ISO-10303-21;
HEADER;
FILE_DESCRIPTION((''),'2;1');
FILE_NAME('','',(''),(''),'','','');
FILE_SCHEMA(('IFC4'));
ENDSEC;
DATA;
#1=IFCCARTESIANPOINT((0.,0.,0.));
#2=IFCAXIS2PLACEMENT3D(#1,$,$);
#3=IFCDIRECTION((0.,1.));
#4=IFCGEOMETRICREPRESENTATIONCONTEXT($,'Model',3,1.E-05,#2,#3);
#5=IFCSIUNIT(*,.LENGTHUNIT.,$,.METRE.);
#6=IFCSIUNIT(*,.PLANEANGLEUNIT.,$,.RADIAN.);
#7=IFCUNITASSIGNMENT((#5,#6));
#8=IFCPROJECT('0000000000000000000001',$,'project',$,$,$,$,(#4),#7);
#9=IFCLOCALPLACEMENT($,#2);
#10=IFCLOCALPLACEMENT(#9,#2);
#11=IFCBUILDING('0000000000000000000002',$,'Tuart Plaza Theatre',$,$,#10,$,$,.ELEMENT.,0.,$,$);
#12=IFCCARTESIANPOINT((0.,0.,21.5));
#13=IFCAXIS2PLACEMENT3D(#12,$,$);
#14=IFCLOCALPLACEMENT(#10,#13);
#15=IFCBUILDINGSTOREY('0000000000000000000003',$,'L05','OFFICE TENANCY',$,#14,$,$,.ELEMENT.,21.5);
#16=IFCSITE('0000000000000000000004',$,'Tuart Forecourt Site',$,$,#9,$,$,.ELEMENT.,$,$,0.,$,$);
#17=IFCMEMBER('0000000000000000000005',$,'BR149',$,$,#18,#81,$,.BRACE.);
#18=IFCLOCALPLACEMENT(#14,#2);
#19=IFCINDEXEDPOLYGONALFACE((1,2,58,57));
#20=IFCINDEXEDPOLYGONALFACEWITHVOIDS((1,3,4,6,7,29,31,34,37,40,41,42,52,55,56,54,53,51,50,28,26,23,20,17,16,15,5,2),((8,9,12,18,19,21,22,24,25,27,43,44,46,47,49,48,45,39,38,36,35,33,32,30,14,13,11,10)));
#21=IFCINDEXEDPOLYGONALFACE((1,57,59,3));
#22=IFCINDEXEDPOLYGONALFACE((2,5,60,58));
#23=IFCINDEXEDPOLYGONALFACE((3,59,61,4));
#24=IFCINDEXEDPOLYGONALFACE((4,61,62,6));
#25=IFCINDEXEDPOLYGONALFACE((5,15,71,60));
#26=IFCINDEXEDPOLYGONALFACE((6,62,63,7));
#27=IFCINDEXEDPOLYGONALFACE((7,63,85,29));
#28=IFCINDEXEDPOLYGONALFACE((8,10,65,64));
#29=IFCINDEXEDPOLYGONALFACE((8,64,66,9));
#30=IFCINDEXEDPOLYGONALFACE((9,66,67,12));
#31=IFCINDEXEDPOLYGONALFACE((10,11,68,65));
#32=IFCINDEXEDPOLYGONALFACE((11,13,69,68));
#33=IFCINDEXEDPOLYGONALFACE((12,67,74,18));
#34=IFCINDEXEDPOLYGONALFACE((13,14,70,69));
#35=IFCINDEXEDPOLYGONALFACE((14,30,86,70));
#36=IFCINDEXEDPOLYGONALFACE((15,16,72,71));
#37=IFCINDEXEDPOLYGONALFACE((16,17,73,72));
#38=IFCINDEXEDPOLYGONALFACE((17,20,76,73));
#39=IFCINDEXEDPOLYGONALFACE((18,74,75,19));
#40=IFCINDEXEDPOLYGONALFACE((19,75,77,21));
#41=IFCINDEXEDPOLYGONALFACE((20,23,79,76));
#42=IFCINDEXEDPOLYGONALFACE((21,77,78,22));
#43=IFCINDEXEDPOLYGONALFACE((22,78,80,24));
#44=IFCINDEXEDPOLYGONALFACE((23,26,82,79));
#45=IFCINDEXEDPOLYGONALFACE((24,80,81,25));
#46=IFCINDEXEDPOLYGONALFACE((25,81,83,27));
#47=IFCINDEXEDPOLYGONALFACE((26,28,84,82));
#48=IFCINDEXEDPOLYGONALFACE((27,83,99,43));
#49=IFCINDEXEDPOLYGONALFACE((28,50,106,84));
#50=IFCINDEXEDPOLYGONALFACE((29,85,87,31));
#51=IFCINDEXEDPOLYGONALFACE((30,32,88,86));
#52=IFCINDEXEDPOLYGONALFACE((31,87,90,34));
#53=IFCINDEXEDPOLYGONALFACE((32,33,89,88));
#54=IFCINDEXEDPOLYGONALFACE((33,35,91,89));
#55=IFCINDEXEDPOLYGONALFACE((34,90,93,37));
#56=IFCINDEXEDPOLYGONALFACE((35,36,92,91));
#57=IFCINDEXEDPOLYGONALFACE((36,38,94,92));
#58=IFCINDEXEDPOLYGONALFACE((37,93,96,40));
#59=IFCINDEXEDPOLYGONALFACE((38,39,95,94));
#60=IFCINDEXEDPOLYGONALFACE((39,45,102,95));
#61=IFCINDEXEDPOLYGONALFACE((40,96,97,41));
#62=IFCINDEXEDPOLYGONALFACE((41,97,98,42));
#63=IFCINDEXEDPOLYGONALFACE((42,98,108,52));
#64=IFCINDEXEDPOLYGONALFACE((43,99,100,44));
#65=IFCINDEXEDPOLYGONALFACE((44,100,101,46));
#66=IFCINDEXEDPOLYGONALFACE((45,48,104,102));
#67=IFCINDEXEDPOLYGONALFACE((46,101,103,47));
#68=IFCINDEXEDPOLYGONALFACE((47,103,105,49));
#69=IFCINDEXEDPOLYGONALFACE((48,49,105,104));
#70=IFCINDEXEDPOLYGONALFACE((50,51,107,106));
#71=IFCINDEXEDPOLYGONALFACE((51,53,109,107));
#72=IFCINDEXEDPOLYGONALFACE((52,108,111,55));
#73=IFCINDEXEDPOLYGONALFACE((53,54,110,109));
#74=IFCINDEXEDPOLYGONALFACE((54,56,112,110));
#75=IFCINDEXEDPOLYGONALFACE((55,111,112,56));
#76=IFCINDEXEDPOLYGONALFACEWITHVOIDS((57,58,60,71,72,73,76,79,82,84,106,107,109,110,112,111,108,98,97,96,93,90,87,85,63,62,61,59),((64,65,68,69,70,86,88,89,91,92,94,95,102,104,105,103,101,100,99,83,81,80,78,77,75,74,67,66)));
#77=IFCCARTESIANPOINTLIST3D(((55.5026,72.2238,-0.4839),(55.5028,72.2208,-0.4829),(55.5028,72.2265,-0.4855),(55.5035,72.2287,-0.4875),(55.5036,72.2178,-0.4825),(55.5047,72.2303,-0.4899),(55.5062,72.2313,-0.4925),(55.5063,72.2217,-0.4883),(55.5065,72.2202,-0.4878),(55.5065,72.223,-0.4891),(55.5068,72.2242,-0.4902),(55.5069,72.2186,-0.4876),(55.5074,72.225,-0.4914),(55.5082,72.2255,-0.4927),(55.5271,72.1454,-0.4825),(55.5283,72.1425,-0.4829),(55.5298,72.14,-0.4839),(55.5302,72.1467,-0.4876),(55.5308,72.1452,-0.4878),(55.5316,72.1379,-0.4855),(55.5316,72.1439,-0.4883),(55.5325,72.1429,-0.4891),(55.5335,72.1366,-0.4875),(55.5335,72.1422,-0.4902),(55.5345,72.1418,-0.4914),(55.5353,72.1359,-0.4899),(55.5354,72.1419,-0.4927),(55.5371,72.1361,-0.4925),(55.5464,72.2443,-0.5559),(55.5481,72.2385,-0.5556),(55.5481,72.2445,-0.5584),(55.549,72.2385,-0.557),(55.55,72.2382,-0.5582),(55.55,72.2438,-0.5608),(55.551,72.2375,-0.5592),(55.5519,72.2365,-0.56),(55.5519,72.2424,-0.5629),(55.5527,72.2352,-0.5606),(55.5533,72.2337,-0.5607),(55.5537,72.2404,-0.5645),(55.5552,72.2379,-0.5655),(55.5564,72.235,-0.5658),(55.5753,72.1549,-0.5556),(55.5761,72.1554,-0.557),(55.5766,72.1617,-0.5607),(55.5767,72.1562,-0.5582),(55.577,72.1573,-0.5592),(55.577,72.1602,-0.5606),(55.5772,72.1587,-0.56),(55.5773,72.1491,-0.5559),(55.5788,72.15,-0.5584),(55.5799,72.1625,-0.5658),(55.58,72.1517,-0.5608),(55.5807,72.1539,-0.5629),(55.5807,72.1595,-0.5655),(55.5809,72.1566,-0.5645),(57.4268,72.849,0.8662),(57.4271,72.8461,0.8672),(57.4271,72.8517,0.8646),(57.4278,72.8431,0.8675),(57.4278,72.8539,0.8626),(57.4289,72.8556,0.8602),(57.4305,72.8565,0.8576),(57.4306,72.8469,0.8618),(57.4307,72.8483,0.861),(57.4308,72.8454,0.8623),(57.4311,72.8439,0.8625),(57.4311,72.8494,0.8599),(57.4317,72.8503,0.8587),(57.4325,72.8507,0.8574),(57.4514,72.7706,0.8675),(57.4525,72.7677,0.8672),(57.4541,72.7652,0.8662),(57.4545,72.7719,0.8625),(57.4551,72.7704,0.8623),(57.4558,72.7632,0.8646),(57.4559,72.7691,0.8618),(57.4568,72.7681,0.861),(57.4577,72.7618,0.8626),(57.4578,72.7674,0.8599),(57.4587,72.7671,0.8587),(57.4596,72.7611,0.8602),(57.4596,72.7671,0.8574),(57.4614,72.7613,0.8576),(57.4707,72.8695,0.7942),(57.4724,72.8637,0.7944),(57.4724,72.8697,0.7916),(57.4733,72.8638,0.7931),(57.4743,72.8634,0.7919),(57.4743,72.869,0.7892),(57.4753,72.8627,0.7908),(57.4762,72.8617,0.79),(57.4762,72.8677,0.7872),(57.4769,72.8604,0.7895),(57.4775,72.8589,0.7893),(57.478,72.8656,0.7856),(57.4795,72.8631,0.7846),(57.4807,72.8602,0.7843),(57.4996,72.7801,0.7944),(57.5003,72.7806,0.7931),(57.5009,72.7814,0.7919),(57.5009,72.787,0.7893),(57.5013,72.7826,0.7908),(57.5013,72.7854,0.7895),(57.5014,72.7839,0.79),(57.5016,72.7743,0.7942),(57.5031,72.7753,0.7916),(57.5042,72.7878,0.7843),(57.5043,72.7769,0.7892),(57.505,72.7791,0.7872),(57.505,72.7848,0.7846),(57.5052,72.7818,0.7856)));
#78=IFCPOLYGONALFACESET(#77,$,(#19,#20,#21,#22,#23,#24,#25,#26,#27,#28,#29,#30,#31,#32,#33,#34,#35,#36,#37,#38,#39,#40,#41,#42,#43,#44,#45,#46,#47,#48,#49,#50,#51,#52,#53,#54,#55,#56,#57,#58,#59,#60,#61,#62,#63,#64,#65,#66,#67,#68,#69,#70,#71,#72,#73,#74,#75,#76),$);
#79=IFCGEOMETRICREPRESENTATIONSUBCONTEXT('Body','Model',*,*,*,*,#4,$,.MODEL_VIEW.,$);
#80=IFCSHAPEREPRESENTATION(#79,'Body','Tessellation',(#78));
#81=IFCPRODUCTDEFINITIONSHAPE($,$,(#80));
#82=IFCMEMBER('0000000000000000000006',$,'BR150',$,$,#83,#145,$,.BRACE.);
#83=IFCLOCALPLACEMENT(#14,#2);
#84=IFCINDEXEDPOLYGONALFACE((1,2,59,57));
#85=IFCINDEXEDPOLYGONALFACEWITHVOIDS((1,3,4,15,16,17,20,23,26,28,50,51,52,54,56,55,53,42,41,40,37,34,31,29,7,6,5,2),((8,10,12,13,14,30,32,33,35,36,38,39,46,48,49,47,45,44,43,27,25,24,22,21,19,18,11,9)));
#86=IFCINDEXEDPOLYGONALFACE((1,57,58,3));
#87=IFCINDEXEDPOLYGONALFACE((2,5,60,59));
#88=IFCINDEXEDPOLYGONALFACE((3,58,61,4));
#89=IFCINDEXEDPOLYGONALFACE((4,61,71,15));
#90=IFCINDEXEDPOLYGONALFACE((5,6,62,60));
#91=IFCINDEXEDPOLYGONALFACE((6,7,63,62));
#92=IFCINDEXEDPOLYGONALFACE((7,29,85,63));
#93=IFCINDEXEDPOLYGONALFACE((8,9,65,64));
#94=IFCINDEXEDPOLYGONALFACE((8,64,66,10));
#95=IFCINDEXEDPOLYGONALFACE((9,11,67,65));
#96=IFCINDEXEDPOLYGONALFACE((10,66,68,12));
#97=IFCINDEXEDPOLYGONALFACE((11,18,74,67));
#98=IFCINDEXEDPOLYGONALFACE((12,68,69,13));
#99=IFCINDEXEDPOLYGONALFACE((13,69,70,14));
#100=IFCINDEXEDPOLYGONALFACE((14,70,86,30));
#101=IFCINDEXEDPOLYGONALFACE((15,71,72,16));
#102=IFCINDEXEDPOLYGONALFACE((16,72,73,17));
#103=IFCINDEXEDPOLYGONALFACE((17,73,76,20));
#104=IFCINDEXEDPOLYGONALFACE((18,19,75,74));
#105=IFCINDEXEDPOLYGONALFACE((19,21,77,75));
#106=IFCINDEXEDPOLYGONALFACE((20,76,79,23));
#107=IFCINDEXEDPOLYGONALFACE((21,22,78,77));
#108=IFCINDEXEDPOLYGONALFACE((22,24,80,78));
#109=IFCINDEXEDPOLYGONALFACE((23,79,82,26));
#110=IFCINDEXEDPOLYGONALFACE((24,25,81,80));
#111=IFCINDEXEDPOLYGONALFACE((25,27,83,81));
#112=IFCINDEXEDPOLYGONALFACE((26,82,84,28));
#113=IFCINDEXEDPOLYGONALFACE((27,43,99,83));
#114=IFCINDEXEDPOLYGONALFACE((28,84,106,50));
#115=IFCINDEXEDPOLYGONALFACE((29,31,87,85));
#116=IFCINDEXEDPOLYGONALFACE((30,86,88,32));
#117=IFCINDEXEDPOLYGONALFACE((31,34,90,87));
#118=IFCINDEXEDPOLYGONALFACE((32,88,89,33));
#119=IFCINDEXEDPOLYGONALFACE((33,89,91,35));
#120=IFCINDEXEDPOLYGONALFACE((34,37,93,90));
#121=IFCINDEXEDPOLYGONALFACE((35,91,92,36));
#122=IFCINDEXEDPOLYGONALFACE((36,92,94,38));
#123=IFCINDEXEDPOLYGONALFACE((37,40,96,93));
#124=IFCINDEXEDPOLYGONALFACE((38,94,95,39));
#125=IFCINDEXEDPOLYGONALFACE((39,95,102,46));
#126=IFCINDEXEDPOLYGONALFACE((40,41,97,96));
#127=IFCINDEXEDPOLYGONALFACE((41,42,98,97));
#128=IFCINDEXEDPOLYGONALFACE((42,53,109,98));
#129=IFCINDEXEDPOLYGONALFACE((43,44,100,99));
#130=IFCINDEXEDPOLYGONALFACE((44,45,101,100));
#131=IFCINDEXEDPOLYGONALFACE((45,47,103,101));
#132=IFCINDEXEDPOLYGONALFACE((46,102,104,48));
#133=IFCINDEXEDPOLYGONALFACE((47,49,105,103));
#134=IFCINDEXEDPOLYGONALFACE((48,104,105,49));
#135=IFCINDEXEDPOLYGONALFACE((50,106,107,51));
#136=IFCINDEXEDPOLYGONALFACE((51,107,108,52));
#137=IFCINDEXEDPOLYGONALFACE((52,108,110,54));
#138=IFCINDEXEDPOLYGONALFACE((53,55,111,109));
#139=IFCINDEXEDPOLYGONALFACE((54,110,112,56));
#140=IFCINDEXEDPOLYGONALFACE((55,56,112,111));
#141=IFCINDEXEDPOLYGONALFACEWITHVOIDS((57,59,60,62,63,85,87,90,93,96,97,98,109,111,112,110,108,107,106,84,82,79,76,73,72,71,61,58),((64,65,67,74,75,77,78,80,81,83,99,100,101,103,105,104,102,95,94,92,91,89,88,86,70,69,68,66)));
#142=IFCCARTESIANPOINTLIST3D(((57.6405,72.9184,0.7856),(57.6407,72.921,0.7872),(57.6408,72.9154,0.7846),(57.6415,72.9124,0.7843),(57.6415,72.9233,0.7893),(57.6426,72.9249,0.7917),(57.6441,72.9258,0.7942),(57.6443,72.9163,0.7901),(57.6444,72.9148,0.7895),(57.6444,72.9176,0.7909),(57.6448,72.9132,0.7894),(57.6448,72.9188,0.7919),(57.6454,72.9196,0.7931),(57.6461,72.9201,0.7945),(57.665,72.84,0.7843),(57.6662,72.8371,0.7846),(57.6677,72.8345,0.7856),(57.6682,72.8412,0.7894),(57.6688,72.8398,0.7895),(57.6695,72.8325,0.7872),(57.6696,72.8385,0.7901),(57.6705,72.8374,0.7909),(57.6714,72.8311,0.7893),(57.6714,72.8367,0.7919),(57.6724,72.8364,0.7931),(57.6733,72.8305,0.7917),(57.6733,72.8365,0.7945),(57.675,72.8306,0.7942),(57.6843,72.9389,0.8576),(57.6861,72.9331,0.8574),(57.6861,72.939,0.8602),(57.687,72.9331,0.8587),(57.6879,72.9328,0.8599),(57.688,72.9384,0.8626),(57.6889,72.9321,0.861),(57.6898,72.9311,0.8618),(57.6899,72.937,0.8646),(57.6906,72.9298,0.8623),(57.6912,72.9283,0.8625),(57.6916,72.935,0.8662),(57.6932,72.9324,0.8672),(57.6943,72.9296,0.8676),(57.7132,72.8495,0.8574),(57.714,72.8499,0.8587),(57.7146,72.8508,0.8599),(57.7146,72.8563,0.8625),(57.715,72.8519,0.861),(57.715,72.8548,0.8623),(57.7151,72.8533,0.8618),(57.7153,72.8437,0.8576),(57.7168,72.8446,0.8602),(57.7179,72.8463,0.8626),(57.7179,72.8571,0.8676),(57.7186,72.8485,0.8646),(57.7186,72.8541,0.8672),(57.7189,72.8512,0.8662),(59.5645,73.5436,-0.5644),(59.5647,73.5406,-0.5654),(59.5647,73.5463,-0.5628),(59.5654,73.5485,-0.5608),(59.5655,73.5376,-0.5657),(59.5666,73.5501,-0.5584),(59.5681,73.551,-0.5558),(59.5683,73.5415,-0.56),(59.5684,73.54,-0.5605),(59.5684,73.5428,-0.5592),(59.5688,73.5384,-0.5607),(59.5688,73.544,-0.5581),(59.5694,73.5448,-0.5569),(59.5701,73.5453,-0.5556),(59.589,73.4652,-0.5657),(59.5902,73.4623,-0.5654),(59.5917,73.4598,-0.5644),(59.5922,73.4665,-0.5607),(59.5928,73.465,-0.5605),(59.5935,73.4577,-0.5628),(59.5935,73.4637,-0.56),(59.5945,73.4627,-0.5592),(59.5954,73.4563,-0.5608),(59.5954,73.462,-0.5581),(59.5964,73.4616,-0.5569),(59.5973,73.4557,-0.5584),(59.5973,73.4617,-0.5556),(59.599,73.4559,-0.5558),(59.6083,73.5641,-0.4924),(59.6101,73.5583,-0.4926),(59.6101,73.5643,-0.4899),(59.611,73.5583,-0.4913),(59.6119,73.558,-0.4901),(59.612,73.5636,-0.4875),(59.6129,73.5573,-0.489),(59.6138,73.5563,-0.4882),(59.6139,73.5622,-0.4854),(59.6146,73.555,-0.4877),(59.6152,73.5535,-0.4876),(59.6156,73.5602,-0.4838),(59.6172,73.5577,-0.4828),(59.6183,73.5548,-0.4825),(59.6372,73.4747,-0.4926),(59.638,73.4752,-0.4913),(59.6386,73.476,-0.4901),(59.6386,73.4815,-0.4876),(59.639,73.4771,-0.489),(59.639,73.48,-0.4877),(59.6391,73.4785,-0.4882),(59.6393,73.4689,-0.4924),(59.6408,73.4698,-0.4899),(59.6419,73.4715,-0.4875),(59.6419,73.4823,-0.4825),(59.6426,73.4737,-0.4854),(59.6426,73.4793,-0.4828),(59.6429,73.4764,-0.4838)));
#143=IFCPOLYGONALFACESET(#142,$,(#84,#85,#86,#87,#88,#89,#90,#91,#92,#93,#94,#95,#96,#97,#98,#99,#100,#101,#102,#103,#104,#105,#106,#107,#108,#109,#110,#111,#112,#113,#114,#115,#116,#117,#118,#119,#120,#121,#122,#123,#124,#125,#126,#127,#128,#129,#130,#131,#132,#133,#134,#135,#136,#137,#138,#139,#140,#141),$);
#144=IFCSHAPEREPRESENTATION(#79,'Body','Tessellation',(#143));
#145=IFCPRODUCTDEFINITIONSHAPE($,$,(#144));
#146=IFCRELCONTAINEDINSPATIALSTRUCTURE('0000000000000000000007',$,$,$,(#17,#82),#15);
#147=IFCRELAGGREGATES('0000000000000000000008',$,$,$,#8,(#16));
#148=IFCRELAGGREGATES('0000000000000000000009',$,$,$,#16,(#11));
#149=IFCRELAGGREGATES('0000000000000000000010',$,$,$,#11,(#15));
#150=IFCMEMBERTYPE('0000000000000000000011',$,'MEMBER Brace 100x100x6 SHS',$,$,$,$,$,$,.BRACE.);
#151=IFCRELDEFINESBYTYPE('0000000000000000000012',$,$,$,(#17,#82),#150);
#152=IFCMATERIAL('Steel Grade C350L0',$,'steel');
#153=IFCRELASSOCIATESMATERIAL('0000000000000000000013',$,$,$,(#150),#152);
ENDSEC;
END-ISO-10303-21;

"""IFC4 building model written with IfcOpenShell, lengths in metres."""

from ifc_helpers import new_model, si_unit, direction, frame, origin, origin_2d, place, context, subcontext, project, spatial, hollow_rectangle, extrude, material, material_profile, profile_set, type_object, element, save


model = new_model("IFC4")

# Units and contexts
model_context = context("Model", 3, precision=1e-05, world=origin(), true_north=direction((0.0, 1.0)))
body_context = subcontext(model_context, "Body", "Model", "MODEL_VIEW")
ifc_project = project(units=[si_unit("LENGTHUNIT", "METRE"), si_unit("PLANEANGLEUNIT", "RADIAN")], contexts=[model_context])

# Site, building, storey
site_placement = place(None, origin())
site = spatial("IfcSite", under=ifc_project, at=site_placement, Name="Tuart Forecourt Site", CompositionType="ELEMENT", RefElevation=0.0)
building_placement = place(site_placement, origin())
building = spatial("IfcBuilding", under=site, at=building_placement, Name="Tuart Plaza Theatre", CompositionType="ELEMENT", ElevationOfRefHeight=0.0)
storey_placement = place(building_placement, frame((0.0, 0.0, 21.5)))
storey = spatial("IfcBuildingStorey", under=building, at=storey_placement, Name="L05", Description="OFFICE TENANCY", CompositionType="ELEMENT", Elevation=21.5)

# Members
ifc_material_1 = material(Name="Steel Grade C350L0", Category="steel")
ifc_material_profile_1 = material_profile(ifc_material_1, hollow_rectangle(XDim=0.1001, YDim=0.1001, WallThickness=0.0061, InnerFilletRadius=0.0061, OuterFilletRadius=0.012, at=origin_2d()), Name="100x100x6 SHS")
ifc_profile_set_1 = profile_set([ifc_material_profile_1], Name="Steel Grade C350L0")
member_type_1 = type_object("IfcMemberType", Name="MEMBER Brace 100x100x6 SHS", PredefinedType="BRACE", material=ifc_profile_set_1)
member_1_placement = place(storey_placement, frame((55.5417, 72.1902, -0.5242), z_axis=(0.791111, 0.257046, 0.555042), x_axis=(-0.309015, 0.951057, 0.0)))
element("IfcMember", 1, at=member_1_placement, inside=storey, type_object=member_type_1, Name="BR149", PredefinedType="BRACE", context=body_context, shape_type="SweptSolid", body=[
    extrude(hollow_rectangle(XDim=0.1001, YDim=0.1001, WallThickness=0.0061, InnerFilletRadius=0.0061, OuterFilletRadius=0.012, at=origin_2d()), origin(), (0.0, 0.0, 1.0), 2.4324),
])
for number, where, z_axis, x_axis, name in (
    (2, (57.6797, 72.8848, 0.8259), (0.791073, 0.257066, -0.555086), (-0.309051, 0.951046, 0.0), "BR150"),
):
    element("IfcMember", number, at=place(storey_placement, frame(where, z_axis=z_axis, x_axis=x_axis)), inside=storey, type_object=member_type_1, Name=name, PredefinedType="BRACE", context=body_context, shape_type="SweptSolid", body=[
        extrude(hollow_rectangle(XDim=0.1001, YDim=0.1001, WallThickness=0.0061, InnerFilletRadius=0.0061, OuterFilletRadius=0.012, at=origin_2d()), origin(), (0.0, 0.0, 1.0), 2.4321),
    ])

save(model, "model.ifc")
